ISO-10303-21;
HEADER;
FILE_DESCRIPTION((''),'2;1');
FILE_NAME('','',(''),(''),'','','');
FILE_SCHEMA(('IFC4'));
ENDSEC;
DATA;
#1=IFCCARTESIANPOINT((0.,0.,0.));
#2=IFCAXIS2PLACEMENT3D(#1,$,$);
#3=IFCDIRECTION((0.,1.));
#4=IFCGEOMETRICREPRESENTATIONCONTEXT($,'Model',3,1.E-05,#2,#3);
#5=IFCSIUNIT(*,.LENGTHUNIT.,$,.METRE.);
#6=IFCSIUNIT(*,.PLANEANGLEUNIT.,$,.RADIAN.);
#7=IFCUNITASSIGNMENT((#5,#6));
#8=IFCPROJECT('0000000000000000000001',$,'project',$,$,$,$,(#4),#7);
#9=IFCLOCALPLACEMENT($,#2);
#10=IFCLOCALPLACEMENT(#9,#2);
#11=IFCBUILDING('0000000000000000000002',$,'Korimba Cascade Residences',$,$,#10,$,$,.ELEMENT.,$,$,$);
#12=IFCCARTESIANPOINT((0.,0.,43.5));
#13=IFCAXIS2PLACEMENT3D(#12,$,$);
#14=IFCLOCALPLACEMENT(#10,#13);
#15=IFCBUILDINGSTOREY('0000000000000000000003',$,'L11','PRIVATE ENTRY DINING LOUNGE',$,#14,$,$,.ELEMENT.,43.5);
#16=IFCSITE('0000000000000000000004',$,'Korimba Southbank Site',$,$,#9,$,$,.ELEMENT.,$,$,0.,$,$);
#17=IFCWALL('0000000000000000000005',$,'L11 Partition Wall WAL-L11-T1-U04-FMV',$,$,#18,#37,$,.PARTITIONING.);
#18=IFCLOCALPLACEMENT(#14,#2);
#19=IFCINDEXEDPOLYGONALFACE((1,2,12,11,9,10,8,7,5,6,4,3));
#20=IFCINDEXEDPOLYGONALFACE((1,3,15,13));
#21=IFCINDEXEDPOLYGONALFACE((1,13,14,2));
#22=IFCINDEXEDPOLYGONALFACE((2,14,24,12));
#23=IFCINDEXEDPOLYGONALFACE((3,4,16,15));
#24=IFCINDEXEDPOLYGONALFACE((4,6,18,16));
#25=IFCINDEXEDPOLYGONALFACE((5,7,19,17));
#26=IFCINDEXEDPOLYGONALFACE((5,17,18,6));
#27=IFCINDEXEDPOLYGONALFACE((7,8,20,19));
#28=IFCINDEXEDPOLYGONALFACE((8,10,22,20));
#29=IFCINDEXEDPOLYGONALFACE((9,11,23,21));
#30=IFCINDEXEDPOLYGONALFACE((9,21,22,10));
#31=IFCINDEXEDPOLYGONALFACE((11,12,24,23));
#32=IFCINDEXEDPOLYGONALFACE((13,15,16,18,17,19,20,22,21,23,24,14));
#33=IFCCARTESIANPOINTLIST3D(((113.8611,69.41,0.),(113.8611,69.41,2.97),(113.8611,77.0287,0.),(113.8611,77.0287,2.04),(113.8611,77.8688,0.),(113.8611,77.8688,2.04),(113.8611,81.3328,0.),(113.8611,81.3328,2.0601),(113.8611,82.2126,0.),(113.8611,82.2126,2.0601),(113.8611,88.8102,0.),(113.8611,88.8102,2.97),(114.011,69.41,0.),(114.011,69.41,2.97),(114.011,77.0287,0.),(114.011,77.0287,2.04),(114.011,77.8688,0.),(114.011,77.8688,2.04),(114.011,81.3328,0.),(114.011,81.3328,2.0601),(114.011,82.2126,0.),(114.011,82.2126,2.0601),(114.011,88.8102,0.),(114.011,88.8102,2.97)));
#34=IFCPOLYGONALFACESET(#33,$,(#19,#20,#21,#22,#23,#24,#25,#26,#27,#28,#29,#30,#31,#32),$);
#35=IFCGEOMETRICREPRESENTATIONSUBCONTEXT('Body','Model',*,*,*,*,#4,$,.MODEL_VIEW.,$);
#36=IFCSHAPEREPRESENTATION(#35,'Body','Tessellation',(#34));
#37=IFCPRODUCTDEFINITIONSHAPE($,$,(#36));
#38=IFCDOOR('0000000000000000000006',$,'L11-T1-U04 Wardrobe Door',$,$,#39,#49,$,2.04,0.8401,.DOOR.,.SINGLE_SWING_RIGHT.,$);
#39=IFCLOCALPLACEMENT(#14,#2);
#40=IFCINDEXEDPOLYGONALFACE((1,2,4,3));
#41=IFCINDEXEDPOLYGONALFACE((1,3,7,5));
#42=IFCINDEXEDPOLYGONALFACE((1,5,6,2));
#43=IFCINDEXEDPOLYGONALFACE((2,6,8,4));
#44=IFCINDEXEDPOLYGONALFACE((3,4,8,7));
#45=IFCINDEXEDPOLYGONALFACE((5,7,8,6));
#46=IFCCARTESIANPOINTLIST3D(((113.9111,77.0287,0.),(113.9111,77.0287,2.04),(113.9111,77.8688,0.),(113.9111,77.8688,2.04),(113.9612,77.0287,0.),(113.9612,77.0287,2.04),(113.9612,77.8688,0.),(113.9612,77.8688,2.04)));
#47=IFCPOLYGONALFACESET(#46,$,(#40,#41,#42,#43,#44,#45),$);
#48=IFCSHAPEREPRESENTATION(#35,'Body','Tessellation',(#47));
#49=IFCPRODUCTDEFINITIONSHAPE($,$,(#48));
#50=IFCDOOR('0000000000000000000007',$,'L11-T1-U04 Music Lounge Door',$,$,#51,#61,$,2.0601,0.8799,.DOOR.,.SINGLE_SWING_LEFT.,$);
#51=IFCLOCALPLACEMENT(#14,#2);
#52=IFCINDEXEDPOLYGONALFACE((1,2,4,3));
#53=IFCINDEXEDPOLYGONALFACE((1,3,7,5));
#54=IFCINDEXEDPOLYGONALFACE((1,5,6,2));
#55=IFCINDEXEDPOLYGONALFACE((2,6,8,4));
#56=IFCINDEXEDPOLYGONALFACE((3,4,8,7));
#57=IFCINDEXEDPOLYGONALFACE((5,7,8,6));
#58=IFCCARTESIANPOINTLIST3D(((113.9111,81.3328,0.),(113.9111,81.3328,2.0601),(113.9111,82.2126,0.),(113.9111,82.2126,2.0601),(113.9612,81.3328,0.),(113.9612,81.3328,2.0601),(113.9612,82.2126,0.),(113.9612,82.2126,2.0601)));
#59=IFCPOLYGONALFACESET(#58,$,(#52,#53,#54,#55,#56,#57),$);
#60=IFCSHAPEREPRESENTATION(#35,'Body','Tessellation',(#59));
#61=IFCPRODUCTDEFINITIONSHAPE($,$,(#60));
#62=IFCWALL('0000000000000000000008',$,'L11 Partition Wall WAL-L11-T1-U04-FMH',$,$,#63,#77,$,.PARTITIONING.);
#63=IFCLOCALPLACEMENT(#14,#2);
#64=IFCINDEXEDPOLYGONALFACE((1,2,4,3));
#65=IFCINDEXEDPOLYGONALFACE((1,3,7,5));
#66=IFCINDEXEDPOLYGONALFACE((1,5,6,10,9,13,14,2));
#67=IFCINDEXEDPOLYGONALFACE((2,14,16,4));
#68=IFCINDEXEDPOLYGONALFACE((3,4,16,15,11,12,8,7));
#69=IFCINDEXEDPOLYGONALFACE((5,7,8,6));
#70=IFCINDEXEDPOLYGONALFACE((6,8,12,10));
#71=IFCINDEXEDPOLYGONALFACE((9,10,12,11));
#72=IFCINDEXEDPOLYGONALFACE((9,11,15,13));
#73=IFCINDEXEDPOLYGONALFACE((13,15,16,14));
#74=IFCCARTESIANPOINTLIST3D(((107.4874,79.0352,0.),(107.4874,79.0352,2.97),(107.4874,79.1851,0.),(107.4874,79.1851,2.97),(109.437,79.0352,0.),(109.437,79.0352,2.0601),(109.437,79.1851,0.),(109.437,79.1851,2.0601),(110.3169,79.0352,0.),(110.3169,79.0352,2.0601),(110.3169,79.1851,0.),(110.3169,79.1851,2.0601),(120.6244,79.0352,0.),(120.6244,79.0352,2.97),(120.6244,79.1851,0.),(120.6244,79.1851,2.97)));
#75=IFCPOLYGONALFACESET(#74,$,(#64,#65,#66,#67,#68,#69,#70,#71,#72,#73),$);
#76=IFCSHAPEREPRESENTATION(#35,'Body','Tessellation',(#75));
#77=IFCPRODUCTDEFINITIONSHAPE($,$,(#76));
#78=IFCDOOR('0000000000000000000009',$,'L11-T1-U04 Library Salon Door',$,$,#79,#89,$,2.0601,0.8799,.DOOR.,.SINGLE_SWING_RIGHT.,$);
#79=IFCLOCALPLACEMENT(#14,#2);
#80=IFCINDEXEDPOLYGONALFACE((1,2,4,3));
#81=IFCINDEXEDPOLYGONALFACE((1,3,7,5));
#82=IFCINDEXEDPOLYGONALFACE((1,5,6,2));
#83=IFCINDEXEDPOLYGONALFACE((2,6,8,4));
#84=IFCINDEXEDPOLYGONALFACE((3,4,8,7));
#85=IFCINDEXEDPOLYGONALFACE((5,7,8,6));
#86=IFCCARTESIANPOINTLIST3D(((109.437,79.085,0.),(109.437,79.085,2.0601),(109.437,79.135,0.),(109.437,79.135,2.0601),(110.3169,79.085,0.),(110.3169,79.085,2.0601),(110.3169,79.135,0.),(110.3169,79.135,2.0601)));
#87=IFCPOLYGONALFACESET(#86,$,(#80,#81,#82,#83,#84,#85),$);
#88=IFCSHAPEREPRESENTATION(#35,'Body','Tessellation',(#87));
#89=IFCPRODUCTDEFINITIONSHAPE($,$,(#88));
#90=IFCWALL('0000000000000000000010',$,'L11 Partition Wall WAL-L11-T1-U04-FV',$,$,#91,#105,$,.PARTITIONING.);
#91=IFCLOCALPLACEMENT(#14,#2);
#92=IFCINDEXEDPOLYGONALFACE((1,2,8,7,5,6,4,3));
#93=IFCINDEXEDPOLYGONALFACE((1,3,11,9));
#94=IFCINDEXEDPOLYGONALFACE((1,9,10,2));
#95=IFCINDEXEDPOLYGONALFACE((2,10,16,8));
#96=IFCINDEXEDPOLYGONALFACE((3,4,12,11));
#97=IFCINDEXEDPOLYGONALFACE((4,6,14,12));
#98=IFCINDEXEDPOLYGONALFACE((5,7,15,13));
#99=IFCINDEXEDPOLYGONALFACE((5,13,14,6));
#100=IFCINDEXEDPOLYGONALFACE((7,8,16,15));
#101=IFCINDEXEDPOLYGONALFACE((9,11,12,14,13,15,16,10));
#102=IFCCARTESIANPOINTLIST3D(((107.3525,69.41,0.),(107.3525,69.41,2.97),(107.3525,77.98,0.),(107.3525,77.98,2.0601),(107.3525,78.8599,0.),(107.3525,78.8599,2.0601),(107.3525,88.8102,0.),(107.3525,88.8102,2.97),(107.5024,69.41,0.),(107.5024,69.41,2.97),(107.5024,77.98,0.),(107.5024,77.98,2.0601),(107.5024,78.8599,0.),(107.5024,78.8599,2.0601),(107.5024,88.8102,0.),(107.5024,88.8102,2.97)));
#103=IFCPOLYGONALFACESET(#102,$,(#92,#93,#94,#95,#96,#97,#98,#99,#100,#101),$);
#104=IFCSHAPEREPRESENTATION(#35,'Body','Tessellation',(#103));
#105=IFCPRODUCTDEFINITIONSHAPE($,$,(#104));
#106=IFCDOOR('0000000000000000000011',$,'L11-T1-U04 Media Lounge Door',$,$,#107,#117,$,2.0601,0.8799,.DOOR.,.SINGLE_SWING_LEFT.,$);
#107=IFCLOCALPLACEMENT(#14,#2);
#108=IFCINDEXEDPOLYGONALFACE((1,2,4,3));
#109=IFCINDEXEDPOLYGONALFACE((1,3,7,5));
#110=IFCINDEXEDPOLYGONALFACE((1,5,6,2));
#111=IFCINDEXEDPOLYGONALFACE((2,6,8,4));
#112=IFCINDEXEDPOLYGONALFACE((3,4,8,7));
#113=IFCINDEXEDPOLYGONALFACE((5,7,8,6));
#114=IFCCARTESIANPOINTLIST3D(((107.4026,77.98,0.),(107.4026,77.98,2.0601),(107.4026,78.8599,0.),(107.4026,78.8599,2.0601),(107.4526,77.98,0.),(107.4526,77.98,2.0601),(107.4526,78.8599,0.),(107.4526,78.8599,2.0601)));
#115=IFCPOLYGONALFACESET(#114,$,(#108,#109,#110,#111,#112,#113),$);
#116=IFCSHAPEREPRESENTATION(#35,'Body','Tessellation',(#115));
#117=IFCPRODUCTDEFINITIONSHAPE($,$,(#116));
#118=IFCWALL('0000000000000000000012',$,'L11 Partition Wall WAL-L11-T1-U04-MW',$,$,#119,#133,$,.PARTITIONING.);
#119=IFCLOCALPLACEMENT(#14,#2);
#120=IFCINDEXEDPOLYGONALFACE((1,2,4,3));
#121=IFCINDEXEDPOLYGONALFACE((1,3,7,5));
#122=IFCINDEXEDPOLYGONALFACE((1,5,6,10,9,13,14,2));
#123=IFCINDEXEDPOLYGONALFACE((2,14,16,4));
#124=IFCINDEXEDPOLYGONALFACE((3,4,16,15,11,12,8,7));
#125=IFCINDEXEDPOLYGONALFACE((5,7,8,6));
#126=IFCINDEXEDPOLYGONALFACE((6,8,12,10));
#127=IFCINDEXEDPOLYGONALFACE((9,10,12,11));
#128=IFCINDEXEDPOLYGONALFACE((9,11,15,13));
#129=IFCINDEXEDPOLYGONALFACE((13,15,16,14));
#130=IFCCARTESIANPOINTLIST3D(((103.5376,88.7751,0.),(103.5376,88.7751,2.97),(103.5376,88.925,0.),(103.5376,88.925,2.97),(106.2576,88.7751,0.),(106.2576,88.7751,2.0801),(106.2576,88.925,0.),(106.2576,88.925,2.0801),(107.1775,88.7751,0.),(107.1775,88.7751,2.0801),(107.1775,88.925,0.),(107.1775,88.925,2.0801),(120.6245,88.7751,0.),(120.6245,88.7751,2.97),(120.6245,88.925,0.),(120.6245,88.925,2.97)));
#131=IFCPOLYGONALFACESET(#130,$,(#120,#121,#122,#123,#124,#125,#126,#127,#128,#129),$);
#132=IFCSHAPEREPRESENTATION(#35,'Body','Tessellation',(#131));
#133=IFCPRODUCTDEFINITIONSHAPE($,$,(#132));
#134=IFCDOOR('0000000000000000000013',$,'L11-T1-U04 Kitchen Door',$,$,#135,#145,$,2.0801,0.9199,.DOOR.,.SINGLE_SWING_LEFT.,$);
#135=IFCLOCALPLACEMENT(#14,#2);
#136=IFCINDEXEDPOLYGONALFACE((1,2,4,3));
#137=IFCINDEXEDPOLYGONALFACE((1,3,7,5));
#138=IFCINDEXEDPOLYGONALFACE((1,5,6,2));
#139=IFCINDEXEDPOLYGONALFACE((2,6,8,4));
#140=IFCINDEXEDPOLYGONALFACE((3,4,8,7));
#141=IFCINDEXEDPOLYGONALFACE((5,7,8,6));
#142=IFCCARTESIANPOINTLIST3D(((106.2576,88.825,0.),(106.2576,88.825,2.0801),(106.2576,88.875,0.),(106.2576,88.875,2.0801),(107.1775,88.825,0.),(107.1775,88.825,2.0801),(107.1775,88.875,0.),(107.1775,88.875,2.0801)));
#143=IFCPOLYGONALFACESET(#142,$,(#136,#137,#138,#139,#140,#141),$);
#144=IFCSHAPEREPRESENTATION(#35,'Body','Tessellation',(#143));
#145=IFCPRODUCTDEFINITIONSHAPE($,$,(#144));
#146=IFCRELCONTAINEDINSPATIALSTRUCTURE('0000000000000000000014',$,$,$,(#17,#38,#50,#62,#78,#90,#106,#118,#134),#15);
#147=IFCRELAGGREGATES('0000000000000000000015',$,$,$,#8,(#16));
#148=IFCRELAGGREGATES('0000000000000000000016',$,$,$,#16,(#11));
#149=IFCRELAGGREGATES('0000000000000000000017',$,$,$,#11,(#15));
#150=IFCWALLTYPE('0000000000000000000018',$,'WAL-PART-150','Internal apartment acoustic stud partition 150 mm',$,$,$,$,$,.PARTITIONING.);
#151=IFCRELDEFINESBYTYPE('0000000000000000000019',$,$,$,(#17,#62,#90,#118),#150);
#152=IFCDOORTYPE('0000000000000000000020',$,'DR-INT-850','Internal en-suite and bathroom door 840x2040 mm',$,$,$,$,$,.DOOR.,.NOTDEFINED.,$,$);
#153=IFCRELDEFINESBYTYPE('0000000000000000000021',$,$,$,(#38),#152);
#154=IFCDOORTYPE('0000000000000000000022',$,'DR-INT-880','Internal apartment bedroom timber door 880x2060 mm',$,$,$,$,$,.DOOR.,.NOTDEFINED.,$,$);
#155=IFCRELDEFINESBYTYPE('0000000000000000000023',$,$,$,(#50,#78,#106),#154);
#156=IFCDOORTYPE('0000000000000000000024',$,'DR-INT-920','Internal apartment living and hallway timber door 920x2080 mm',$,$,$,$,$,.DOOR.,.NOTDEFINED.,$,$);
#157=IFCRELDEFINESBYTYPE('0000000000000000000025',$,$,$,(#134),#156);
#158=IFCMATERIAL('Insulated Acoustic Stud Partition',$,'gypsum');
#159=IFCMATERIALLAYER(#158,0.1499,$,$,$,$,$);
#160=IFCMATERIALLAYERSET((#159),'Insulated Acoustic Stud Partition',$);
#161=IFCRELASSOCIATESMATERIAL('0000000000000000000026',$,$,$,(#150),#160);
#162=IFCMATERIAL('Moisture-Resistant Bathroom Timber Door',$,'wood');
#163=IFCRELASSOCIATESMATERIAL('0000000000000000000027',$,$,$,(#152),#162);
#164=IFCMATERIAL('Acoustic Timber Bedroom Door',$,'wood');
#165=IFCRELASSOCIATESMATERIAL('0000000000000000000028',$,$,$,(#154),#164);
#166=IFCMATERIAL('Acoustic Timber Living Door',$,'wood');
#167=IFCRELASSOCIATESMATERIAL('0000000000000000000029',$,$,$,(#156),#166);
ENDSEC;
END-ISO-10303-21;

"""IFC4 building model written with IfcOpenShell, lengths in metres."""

from ifc_helpers import new_model, si_unit, direction, frame, frame_2d, origin, place, context, subcontext, project, spatial, rectangle, extrude, material, layer, layer_set, type_object, element, fill, save


model = new_model("IFC4")

# Units and contexts
model_context = context("Model", 3, precision=1e-05, world=origin(), true_north=direction((0.0, 1.0)))
body_context = subcontext(model_context, "Body", "Model", "MODEL_VIEW")
ifc_project = project(units=[si_unit("LENGTHUNIT", "METRE"), si_unit("PLANEANGLEUNIT", "RADIAN")], contexts=[model_context])

# Site, building, storey
site_placement = place(None, origin())
site = spatial("IfcSite", under=ifc_project, at=site_placement, Name="Korimba Southbank Site", CompositionType="ELEMENT", RefElevation=0.0)
building_placement = place(site_placement, origin())
building = spatial("IfcBuilding", under=site, at=building_placement, Name="Korimba Cascade Residences", CompositionType="ELEMENT")
storey_placement = place(building_placement, frame((0.0, 0.0, 43.5)))
storey = spatial("IfcBuildingStorey", under=building, at=storey_placement, Name="L11", Description="PRIVATE ENTRY DINING LOUNGE", CompositionType="ELEMENT", Elevation=43.5)

# Shared definitions
ifc_material_1 = material(Name="Insulated Acoustic Stud Partition", Category="gypsum")
ifc_layer_1 = layer(ifc_material_1, 0.1499)
ifc_layer_set_1 = layer_set([ifc_layer_1], Name="Insulated Acoustic Stud Partition")
wall_type_1 = type_object("IfcWallType", Name="WAL-PART-150", Description="Internal apartment acoustic stud partition 150 mm", PredefinedType="PARTITIONING", material=ifc_layer_set_1)
ifc_material_2 = material(Name="Moisture-Resistant Bathroom Timber Door", Category="wood")
door_type_1 = type_object("IfcDoorType", Name="DR-INT-850", Description="Internal en-suite and bathroom door 840x2040 mm", OperationType="NOTDEFINED", PredefinedType="DOOR", material=ifc_material_2)
ifc_material_3 = material(Name="Acoustic Timber Bedroom Door", Category="wood")
door_type_2 = type_object("IfcDoorType", Name="DR-INT-880", Description="Internal apartment bedroom timber door 880x2060 mm", OperationType="NOTDEFINED", PredefinedType="DOOR", material=ifc_material_3)

# Wall, openings, doors
wall_1_placement = place(storey_placement, frame((113.936, 69.4099, 0.0), z_axis=(0.0, 0.0, 1.0), x_axis=(0.0, 1.0, 0.0)))
wall_1 = element("IfcWall", 1, at=wall_1_placement, inside=storey, type_object=wall_type_1, Name="L11 Partition Wall WAL-L11-T1-U04-FMV", PredefinedType="PARTITIONING", context=body_context, shape_type="SweptSolid", body=[
    extrude(rectangle(XDim=19.4001, YDim=0.1499, at=frame_2d((9.7002, 0.0))), origin(), (0.0, 0.0, 1.0), 2.97),
])
opening_1_placement = place(wall_1_placement, frame((7.6189, 0.0, 0.0)))
opening_1 = element("IfcOpeningElement", 2, at=opening_1_placement, cuts=wall_1, PredefinedType="OPENING", context=body_context, shape_type="SweptSolid", body=[
    extrude(rectangle(XDim=0.8401, YDim=2.04, at=frame_2d((0.4199, 1.02))), frame((0.0, 0.085, 0.0), z_axis=(0.0, -1.0, 0.0), x_axis=(1.0, 0.0, 0.0)), (0.0, 0.0, 1.0), 0.1699),
])
opening_2_placement = place(wall_1_placement, frame((11.9229, 0.0, 0.0)))
opening_2 = element("IfcOpeningElement", 3, at=opening_2_placement, cuts=wall_1, PredefinedType="OPENING", context=body_context, shape_type="SweptSolid", body=[
    extrude(rectangle(XDim=0.8799, YDim=2.0601, at=frame_2d((0.4399, 1.03))), frame((0.0, 0.085, 0.0), z_axis=(0.0, -1.0, 0.0), x_axis=(1.0, 0.0, 0.0)), (0.0, 0.0, 1.0), 0.1699),
])
door_1_placement = place(opening_1_placement, origin())
door_1 = element("IfcDoor", 4, at=door_1_placement, inside=storey, type_object=door_type_1, Name="L11-T1-U04 Wardrobe Door", OperationType="SINGLE_SWING_RIGHT", OverallHeight=2.04, OverallWidth=0.8401, PredefinedType="DOOR", context=body_context, shape_type="SweptSolid", body=[
    extrude(rectangle(XDim=0.8401, YDim=2.04, at=frame_2d((0.4199, 1.02))), frame((0.0, 0.0249, 0.0), z_axis=(0.0, -1.0, 0.0), x_axis=(1.0, 0.0, 0.0)), (0.0, 0.0, 1.0), 0.05),
])
fill(opening_1, door_1)
door_2_placement = place(opening_2_placement, origin())
door_2 = element("IfcDoor", 5, at=door_2_placement, inside=storey, type_object=door_type_2, Name="L11-T1-U04 Music Lounge Door", OperationType="SINGLE_SWING_LEFT", OverallHeight=2.0601, OverallWidth=0.8799, PredefinedType="DOOR", context=body_context, shape_type="SweptSolid", body=[
    extrude(rectangle(XDim=0.8799, YDim=2.0601, at=frame_2d((0.4399, 1.03))), frame((0.0, 0.0249, 0.0), z_axis=(0.0, -1.0, 0.0), x_axis=(1.0, 0.0, 0.0)), (0.0, 0.0, 1.0), 0.05),
])
fill(opening_2, door_2)

# Walls, openings, doors
wall_2_placement = place(storey_placement, frame((107.4875, 79.1101, 0.0), z_axis=(0.0, 0.0, 1.0), x_axis=(1.0, 0.0, 0.0)))
wall_2 = element("IfcWall", 6, at=wall_2_placement, inside=storey, type_object=wall_type_1, Name="L11 Partition Wall WAL-L11-T1-U04-FMH", PredefinedType="PARTITIONING", context=body_context, shape_type="SweptSolid", body=[
    extrude(rectangle(XDim=13.137, YDim=0.1499, at=frame_2d((6.5684, 0.0))), origin(), (0.0, 0.0, 1.0), 2.97),
])
opening_3_placement = place(wall_2_placement, frame((1.9495, 0.0, 0.0)))
opening_3 = element("IfcOpeningElement", 7, at=opening_3_placement, cuts=wall_2, PredefinedType="OPENING", context=body_context, shape_type="SweptSolid", body=[
    extrude(rectangle(XDim=0.8799, YDim=2.0601, at=frame_2d((0.4399, 1.03))), frame((0.0, 0.085, 0.0), z_axis=(0.0, -1.0, 0.0), x_axis=(1.0, 0.0, 0.0)), (0.0, 0.0, 1.0), 0.1699),
])
door_3_placement = place(opening_3_placement, origin())
door_3 = element("IfcDoor", 8, at=door_3_placement, inside=storey, type_object=door_type_2, Name="L11-T1-U04 Library Salon Door", OperationType="SINGLE_SWING_RIGHT", OverallHeight=2.0601, OverallWidth=0.8799, PredefinedType="DOOR", context=body_context, shape_type="SweptSolid", body=[
    extrude(rectangle(XDim=0.8799, YDim=2.0601, at=frame_2d((0.4399, 1.03))), frame((0.0, 0.0249, 0.0), z_axis=(0.0, -1.0, 0.0), x_axis=(1.0, 0.0, 0.0)), (0.0, 0.0, 1.0), 0.05),
])
fill(opening_3, door_3)
wall_3_placement = place(storey_placement, frame((107.4275, 69.4099, 0.0), z_axis=(0.0, 0.0, 1.0), x_axis=(0.0, 1.0, 0.0)))
wall_3 = element("IfcWall", 9, at=wall_3_placement, inside=storey, type_object=wall_type_1, Name="L11 Partition Wall WAL-L11-T1-U04-FV", PredefinedType="PARTITIONING", context=body_context, shape_type="SweptSolid", body=[
    extrude(rectangle(XDim=19.4001, YDim=0.1499, at=frame_2d((9.7002, 0.0))), origin(), (0.0, 0.0, 1.0), 2.97),
])
opening_4_placement = place(wall_3_placement, frame((8.5701, 0.0, 0.0)))
opening_4 = element("IfcOpeningElement", 10, at=opening_4_placement, cuts=wall_3, PredefinedType="OPENING", context=body_context, shape_type="SweptSolid", body=[
    extrude(rectangle(XDim=0.8799, YDim=2.0601, at=frame_2d((0.4399, 1.03))), frame((0.0, 0.085, 0.0), z_axis=(0.0, -1.0, 0.0), x_axis=(1.0, 0.0, 0.0)), (0.0, 0.0, 1.0), 0.1699),
])
door_4_placement = place(opening_4_placement, origin())
door_4 = element("IfcDoor", 11, at=door_4_placement, inside=storey, type_object=door_type_2, Name="L11-T1-U04 Media Lounge Door", OperationType="SINGLE_SWING_LEFT", OverallHeight=2.0601, OverallWidth=0.8799, PredefinedType="DOOR", context=body_context, shape_type="SweptSolid", body=[
    extrude(rectangle(XDim=0.8799, YDim=2.0601, at=frame_2d((0.4399, 1.03))), frame((0.0, 0.0249, 0.0), z_axis=(0.0, -1.0, 0.0), x_axis=(1.0, 0.0, 0.0)), (0.0, 0.0, 1.0), 0.05),
])
fill(opening_4, door_4)
wall_4_placement = place(storey_placement, frame((103.5376, 88.8501, 0.0), z_axis=(0.0, 0.0, 1.0), x_axis=(1.0, 0.0, 0.0)))
wall_4 = element("IfcWall", 12, at=wall_4_placement, inside=storey, type_object=wall_type_1, Name="L11 Partition Wall WAL-L11-T1-U04-MW", PredefinedType="PARTITIONING", context=body_context, shape_type="SweptSolid", body=[
    extrude(rectangle(XDim=17.0869, YDim=0.1499, at=frame_2d((8.5435, 0.0))), origin(), (0.0, 0.0, 1.0), 2.97),
])
opening_5_placement = place(wall_4_placement, frame((2.72, 0.0, 0.0)))
opening_5 = element("IfcOpeningElement", 13, at=opening_5_placement, cuts=wall_4, PredefinedType="OPENING", context=body_context, shape_type="SweptSolid", body=[
    extrude(rectangle(XDim=0.9199, YDim=2.0801, at=frame_2d((0.46, 1.04))), frame((0.0, 0.085, 0.0), z_axis=(0.0, -1.0, 0.0), x_axis=(1.0, 0.0, 0.0)), (0.0, 0.0, 1.0), 0.1699),
])
ifc_material_4 = material(Name="Acoustic Timber Living Door", Category="wood")
door_type_3 = type_object("IfcDoorType", Name="DR-INT-920", Description="Internal apartment living and hallway timber door 920x2080 mm", OperationType="NOTDEFINED", PredefinedType="DOOR", material=ifc_material_4)
door_5_placement = place(opening_5_placement, origin())
door_5 = element("IfcDoor", 14, at=door_5_placement, inside=storey, type_object=door_type_3, Name="L11-T1-U04 Kitchen Door", OperationType="SINGLE_SWING_LEFT", OverallHeight=2.0801, OverallWidth=0.9199, PredefinedType="DOOR", context=body_context, shape_type="SweptSolid", body=[
    extrude(rectangle(XDim=0.9199, YDim=2.0801, at=frame_2d((0.46, 1.04))), frame((0.0, 0.0249, 0.0), z_axis=(0.0, -1.0, 0.0), x_axis=(1.0, 0.0, 0.0)), (0.0, 0.0, 1.0), 0.05),
])
fill(opening_5, door_5)

save(model, "model.ifc")
